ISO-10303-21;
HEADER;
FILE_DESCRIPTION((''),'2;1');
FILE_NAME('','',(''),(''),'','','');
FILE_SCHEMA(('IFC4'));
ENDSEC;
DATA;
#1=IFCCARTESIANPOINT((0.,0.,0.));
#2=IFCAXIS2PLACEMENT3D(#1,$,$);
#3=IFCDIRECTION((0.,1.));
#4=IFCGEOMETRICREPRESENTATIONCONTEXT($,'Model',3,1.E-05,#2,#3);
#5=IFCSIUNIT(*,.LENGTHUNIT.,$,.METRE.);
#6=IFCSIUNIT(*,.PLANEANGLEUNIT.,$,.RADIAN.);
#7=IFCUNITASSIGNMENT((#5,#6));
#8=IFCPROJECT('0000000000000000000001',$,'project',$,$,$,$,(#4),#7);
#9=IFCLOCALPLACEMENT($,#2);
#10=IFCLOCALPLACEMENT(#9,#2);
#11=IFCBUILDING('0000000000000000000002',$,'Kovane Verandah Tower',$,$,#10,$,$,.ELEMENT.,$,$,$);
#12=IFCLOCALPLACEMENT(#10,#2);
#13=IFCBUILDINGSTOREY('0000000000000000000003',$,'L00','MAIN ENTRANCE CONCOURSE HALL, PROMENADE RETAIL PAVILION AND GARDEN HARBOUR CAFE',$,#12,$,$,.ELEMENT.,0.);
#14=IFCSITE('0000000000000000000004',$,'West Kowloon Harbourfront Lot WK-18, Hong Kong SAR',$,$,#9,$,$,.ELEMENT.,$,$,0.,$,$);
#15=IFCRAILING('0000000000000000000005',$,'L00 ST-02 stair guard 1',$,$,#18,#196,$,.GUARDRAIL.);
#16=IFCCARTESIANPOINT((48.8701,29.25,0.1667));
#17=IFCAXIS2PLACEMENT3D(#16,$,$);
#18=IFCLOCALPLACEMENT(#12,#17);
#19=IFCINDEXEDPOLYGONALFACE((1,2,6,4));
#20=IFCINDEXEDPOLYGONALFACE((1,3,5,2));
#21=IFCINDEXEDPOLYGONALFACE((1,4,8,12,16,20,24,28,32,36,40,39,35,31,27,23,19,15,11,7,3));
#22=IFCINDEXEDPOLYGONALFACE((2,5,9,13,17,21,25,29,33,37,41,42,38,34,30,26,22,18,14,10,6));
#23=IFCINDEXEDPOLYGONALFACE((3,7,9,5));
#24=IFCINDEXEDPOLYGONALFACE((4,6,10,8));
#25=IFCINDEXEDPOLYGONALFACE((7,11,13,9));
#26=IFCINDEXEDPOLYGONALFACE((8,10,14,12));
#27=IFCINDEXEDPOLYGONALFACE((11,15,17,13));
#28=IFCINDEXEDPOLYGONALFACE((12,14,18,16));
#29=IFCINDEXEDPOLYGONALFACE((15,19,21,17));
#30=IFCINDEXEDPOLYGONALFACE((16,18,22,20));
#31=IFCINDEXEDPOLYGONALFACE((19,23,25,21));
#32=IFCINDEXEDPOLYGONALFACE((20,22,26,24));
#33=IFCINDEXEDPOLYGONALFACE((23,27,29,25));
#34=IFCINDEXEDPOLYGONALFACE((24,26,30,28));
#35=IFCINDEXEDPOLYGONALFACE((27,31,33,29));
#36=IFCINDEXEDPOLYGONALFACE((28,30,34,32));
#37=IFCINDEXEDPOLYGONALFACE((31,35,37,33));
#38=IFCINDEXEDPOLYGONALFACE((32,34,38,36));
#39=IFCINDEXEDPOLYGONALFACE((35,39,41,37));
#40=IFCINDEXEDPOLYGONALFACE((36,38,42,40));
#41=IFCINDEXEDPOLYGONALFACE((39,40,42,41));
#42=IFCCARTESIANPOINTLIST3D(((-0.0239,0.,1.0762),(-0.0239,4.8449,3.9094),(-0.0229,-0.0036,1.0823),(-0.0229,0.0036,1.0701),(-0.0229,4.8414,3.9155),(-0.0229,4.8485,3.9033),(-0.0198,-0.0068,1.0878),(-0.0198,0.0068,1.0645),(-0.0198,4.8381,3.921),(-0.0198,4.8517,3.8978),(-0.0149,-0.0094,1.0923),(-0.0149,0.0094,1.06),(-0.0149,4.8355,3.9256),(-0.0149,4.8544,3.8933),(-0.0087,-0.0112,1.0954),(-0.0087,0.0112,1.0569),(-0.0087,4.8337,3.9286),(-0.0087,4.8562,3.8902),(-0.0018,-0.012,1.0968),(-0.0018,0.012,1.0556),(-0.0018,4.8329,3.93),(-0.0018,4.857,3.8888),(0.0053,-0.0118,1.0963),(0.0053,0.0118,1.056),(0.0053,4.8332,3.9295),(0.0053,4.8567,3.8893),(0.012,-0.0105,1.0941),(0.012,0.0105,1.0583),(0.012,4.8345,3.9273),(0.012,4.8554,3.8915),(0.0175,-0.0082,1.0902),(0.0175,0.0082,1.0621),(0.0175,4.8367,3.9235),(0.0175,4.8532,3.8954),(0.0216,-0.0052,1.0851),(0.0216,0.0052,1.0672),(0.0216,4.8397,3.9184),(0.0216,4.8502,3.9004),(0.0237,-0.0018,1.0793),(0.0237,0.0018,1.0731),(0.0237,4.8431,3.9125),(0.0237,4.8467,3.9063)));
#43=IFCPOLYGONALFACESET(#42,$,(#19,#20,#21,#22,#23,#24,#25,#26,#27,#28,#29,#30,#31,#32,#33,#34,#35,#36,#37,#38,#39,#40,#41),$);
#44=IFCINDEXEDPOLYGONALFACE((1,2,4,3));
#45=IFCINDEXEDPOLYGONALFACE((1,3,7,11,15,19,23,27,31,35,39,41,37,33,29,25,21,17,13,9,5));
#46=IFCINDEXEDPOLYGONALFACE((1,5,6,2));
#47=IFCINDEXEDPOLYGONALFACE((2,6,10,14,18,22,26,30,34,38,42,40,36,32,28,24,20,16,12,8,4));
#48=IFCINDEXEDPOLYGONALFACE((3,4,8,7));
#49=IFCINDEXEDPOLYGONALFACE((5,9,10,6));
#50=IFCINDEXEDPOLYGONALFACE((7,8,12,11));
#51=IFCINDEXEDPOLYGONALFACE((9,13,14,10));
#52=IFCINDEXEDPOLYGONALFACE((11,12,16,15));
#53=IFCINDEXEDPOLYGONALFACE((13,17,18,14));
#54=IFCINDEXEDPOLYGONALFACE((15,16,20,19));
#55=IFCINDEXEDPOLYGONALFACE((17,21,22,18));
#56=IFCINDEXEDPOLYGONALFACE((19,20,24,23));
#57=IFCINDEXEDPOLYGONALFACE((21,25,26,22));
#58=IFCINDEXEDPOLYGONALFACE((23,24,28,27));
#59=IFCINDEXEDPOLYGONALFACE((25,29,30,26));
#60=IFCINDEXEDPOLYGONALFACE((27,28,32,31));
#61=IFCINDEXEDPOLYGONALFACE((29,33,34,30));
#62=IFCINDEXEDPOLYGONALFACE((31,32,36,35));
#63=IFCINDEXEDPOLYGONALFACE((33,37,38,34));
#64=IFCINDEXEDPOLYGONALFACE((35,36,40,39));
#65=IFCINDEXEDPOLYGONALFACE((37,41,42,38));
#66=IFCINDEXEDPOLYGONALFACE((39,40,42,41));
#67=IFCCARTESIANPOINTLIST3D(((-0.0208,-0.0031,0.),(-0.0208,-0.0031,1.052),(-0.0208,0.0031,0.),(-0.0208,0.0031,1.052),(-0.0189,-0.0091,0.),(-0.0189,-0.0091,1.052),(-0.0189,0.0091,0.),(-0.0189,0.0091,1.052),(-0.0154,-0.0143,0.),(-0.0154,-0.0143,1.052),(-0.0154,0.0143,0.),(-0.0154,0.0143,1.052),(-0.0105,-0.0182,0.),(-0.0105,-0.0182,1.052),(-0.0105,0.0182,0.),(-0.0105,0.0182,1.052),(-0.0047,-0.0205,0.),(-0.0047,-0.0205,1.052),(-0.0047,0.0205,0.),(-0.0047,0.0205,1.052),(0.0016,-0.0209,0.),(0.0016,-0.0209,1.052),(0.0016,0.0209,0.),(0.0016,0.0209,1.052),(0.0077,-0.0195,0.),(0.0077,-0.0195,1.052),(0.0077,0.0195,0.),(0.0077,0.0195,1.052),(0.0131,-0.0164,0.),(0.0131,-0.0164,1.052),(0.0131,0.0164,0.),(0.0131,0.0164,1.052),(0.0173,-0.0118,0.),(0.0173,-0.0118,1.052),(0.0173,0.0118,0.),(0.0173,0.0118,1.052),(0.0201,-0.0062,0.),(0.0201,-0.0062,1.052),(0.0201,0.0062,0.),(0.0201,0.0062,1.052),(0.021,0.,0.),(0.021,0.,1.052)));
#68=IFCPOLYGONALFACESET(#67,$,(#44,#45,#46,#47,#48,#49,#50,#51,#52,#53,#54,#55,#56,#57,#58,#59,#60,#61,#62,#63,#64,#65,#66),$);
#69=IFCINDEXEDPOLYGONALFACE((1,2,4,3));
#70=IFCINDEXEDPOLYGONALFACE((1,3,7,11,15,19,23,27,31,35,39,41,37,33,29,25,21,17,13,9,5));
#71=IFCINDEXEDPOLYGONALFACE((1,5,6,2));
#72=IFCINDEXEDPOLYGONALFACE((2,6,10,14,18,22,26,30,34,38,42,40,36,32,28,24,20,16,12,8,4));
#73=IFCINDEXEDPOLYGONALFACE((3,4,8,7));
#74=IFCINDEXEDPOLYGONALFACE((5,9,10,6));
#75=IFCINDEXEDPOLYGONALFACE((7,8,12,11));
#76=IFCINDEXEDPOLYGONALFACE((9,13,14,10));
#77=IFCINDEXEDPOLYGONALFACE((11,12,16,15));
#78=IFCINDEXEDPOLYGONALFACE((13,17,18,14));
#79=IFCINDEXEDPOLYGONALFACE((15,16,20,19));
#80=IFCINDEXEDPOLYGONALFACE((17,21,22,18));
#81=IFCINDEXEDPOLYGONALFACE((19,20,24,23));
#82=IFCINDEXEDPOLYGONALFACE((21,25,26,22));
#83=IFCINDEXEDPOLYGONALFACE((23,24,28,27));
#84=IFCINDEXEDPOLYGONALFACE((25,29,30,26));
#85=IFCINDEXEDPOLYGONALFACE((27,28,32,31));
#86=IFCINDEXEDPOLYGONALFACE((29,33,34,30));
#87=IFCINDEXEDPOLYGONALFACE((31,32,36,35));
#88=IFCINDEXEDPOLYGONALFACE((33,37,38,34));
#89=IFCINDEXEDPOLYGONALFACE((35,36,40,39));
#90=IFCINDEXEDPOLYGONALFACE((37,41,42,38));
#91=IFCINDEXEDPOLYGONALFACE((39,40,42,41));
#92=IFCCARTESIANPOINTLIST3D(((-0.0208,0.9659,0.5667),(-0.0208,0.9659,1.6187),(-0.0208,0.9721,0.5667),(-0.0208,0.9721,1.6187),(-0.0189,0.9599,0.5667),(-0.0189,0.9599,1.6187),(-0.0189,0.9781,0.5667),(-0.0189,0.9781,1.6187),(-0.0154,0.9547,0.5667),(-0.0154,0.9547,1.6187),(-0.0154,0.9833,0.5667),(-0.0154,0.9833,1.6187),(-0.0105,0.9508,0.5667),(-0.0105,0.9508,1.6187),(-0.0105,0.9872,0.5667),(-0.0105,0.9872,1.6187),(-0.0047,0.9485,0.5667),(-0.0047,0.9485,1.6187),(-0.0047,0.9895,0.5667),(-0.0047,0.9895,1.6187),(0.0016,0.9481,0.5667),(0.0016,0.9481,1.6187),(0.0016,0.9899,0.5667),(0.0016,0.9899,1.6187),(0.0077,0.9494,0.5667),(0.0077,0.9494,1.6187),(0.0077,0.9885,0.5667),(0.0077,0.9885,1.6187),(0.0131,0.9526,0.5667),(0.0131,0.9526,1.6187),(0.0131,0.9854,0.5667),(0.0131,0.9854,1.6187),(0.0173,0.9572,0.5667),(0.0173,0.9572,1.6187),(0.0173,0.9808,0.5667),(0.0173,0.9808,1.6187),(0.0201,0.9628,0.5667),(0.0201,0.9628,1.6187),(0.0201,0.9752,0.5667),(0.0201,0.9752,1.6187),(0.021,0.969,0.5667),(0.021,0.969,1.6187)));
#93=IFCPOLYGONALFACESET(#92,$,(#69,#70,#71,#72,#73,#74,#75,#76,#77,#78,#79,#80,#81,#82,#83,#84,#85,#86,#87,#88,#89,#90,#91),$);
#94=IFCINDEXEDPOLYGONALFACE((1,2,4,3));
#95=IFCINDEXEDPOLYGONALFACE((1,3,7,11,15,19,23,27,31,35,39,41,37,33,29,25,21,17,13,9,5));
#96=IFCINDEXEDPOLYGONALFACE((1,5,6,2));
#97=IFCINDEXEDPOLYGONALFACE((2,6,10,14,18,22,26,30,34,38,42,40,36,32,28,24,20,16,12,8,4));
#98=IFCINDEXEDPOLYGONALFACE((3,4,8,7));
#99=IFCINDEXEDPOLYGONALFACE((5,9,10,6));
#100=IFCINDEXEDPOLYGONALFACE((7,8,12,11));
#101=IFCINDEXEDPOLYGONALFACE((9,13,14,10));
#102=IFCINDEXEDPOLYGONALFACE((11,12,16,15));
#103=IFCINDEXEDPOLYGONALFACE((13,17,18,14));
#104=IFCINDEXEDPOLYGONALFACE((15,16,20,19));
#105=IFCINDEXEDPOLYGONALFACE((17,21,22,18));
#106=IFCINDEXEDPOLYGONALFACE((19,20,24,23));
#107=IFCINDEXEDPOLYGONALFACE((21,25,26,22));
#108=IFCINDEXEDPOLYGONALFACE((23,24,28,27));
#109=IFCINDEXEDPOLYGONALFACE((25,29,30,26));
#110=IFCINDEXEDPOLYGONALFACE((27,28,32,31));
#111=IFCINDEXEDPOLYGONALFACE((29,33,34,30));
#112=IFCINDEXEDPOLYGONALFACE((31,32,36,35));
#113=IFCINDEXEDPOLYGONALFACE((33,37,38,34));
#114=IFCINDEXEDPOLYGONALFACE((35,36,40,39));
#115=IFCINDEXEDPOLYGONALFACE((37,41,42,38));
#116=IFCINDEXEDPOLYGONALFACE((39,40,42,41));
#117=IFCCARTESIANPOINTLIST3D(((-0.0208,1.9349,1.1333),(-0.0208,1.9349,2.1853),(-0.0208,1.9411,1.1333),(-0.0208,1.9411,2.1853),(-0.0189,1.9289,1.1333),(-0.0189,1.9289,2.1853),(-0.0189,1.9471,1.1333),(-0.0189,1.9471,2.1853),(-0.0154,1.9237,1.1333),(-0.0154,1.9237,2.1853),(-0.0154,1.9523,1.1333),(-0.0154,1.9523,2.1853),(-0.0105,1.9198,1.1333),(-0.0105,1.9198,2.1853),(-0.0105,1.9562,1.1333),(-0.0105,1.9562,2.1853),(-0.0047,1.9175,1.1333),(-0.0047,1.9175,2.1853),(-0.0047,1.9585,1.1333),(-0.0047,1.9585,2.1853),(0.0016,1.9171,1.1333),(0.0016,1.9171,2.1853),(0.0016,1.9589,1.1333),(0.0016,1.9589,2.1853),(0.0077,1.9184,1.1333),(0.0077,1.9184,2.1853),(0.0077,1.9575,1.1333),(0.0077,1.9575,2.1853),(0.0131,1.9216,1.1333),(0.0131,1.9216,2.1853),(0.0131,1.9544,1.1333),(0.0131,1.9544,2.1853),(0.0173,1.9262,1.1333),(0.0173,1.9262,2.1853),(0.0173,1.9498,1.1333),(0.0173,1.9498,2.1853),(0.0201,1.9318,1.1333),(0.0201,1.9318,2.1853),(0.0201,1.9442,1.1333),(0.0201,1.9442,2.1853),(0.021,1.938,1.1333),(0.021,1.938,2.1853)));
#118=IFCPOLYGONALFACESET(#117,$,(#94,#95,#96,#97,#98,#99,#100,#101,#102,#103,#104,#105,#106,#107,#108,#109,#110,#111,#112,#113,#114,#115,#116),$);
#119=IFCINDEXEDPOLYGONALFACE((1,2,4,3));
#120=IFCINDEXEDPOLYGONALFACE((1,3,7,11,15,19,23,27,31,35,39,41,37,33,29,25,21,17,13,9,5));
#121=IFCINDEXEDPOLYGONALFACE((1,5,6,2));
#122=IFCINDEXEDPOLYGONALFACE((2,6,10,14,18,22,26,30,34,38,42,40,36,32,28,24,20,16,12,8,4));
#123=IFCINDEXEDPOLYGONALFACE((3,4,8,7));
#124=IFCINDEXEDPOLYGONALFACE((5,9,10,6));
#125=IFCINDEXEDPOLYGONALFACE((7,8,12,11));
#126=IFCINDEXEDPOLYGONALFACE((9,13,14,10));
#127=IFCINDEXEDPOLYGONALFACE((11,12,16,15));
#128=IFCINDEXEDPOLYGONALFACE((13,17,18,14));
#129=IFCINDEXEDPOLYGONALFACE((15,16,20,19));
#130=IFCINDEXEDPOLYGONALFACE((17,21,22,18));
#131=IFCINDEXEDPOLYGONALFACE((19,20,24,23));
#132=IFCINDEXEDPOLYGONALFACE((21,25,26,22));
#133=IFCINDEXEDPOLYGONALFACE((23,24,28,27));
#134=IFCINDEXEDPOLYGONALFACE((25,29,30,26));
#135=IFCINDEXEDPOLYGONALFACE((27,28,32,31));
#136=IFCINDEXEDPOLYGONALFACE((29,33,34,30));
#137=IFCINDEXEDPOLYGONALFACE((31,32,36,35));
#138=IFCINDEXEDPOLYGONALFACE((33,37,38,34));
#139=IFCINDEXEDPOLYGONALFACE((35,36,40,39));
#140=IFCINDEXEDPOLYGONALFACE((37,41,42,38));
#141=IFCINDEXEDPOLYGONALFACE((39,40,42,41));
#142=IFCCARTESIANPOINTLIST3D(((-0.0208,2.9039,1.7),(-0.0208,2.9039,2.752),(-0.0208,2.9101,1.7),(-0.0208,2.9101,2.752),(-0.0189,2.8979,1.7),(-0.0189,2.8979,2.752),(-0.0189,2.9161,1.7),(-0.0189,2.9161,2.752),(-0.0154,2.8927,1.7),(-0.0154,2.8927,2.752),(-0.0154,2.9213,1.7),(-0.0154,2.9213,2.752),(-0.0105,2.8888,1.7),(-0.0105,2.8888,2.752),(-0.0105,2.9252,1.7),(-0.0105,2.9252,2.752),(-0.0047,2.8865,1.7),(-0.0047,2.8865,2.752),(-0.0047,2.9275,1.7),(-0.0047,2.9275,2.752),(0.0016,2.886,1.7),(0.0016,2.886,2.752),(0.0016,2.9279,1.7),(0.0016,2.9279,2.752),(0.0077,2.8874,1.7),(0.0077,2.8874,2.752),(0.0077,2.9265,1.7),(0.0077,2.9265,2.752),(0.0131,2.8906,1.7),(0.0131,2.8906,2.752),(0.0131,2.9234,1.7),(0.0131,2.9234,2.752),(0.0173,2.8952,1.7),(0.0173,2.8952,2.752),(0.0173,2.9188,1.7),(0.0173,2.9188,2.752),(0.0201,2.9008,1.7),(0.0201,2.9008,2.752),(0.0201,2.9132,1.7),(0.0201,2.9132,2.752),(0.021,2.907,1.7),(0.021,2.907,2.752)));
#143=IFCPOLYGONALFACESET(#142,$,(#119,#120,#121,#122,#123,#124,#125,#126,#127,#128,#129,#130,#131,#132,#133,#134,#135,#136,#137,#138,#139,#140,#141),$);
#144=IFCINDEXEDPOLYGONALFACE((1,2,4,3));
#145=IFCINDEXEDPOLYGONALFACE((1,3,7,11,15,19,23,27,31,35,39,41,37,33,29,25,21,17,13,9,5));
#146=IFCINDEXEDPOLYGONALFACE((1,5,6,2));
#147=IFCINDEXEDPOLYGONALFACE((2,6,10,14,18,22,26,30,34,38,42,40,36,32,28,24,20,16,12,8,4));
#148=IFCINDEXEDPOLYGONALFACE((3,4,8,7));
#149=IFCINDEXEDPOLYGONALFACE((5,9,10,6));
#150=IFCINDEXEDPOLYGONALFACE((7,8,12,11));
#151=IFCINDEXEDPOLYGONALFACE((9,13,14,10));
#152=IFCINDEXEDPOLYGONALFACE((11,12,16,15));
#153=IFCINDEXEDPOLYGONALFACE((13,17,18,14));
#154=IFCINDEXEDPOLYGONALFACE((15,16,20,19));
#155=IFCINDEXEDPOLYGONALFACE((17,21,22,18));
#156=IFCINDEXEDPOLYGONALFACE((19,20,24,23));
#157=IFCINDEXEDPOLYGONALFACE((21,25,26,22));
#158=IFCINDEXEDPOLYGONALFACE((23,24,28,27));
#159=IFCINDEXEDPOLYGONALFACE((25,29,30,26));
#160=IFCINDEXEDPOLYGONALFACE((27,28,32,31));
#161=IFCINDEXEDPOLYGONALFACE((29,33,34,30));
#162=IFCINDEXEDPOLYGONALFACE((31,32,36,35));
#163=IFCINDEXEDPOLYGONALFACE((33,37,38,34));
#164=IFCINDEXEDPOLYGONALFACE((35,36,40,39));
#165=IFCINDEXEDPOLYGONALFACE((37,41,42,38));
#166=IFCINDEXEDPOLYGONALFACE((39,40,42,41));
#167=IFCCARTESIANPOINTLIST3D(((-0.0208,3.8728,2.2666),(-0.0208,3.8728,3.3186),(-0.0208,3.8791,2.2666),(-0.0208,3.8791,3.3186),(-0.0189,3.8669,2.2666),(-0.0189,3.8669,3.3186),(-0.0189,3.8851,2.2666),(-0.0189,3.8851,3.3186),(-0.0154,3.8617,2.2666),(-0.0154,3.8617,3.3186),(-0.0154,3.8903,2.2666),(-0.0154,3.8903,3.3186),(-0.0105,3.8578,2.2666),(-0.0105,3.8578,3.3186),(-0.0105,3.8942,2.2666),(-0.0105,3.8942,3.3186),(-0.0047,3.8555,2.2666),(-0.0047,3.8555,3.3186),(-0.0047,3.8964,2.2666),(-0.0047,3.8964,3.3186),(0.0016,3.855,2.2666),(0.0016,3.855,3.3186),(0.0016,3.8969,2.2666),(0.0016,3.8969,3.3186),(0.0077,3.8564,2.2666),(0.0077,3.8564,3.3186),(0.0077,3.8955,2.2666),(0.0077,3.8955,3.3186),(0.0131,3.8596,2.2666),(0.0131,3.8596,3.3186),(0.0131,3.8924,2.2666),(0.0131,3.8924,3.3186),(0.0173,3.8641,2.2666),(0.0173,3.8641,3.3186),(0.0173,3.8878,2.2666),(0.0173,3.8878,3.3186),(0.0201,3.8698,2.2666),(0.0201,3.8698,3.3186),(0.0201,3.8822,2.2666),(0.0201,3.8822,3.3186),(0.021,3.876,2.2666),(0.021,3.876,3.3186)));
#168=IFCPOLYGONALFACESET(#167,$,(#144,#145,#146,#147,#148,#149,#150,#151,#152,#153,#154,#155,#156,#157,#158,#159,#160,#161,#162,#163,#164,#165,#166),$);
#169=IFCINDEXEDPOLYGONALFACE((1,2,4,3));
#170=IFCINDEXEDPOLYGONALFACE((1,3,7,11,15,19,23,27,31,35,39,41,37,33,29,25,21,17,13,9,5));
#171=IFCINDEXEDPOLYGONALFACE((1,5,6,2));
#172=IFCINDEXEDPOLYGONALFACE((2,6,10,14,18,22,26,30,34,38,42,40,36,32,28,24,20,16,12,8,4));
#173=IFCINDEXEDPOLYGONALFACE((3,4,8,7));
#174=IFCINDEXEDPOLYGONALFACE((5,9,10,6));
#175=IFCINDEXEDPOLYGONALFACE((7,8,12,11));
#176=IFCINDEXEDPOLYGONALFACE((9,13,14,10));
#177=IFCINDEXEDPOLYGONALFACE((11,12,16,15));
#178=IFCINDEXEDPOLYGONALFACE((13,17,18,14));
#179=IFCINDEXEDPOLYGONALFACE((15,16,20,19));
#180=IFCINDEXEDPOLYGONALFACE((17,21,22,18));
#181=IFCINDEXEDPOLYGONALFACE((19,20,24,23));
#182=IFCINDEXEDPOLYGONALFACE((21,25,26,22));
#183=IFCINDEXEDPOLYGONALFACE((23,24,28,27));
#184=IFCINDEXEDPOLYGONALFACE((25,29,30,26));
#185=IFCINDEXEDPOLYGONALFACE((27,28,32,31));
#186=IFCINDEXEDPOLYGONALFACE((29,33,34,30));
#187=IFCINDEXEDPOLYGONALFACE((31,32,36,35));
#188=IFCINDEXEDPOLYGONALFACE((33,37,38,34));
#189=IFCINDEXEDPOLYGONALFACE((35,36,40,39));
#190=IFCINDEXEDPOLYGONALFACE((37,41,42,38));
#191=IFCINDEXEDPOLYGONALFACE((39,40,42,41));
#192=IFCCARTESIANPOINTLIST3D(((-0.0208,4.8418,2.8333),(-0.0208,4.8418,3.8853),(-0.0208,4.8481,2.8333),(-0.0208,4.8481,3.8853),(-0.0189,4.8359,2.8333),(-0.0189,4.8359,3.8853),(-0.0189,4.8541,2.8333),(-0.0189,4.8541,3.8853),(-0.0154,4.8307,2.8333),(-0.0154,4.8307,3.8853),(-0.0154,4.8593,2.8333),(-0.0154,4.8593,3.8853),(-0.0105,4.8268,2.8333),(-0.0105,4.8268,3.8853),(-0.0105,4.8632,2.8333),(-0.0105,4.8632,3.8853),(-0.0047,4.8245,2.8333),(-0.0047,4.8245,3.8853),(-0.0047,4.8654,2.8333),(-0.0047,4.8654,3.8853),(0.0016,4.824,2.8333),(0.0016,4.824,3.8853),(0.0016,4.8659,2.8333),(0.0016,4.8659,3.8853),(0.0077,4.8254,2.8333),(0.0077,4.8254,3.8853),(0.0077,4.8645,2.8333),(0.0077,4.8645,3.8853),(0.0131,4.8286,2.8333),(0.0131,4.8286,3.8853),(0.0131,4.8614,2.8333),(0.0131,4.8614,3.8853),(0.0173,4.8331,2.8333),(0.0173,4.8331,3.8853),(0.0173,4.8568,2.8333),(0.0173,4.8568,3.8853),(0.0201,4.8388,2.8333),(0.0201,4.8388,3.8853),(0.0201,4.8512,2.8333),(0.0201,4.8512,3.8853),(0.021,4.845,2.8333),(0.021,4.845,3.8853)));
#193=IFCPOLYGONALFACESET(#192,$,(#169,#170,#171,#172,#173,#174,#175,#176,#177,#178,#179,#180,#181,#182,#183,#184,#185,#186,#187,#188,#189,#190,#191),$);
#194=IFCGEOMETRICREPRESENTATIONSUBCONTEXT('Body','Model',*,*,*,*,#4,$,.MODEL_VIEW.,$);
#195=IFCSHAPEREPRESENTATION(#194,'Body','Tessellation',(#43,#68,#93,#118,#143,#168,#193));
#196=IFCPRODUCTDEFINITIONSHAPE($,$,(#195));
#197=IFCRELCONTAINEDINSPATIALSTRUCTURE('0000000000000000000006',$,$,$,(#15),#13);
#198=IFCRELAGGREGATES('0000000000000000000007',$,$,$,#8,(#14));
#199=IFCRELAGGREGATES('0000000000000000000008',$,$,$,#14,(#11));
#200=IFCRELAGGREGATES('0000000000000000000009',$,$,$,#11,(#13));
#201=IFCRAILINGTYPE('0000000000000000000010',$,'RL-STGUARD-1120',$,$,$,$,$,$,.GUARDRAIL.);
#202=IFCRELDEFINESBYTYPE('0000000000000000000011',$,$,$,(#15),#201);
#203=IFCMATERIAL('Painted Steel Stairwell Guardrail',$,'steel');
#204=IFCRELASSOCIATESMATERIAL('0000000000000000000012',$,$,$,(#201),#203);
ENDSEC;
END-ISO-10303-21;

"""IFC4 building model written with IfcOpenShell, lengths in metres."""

from ifc_helpers import new_model, si_unit, direction, frame, origin, origin_2d, place, context, subcontext, project, spatial, circle, extrude, material, type_object, element, save


model = new_model("IFC4")

# Units and contexts
model_context = context("Model", 3, precision=1e-05, world=origin(), true_north=direction((0.0, 1.0)))
body_context = subcontext(model_context, "Body", "Model", "MODEL_VIEW")
ifc_project = project(units=[si_unit("LENGTHUNIT", "METRE"), si_unit("PLANEANGLEUNIT", "RADIAN")], contexts=[model_context])

# Site, building, storey
site_placement = place(None, origin())
site = spatial("IfcSite", under=ifc_project, at=site_placement, Name="West Kowloon Harbourfront Lot WK-18, Hong Kong SAR", CompositionType="ELEMENT", RefElevation=0.0)
building_placement = place(site_placement, origin())
building = spatial("IfcBuilding", under=site, at=building_placement, Name="Kovane Verandah Tower", CompositionType="ELEMENT")
storey_placement = place(building_placement, origin())
storey = spatial("IfcBuildingStorey", under=building, at=storey_placement, Name="L00", Description="MAIN ENTRANCE CONCOURSE HALL, PROMENADE RETAIL PAVILION AND GARDEN HARBOUR CAFE", CompositionType="ELEMENT", Elevation=0.0)

# Railing
ifc_material_1 = material(Name="Painted Steel Stairwell Guardrail", Category="steel")
railing_type_1 = type_object("IfcRailingType", Name="RL-STGUARD-1120", PredefinedType="GUARDRAIL", material=ifc_material_1)
railing_1_placement = place(storey_placement, frame((48.8701, 29.25, 0.1667)))
element("IfcRailing", 1, at=railing_1_placement, inside=storey, type_object=railing_type_1, Name="L00 ST-02 stair guard 1", PredefinedType="GUARDRAIL", context=body_context, shape_type="SweptSolid", body=[
    extrude(circle(Radius=0.0239, at=origin_2d()), frame((0.0, 0.0, 1.0762), z_axis=(0.0, 0.863234, 0.504804), x_axis=(-1.0, 0.0, 0.0)), (0.0, 0.0, 1.0), 5.6125),
    extrude(circle(Radius=0.021, at=origin_2d()), origin(), (0.0, 0.0, 1.0), 1.052),
    extrude(circle(Radius=0.021, at=origin_2d()), frame((0.0, 0.969, 0.5667)), (0.0, 0.0, 1.0), 1.052),
    extrude(circle(Radius=0.021, at=origin_2d()), frame((0.0, 1.938, 1.1333)), (0.0, 0.0, 1.0), 1.052),
    extrude(circle(Radius=0.021, at=origin_2d()), frame((0.0, 2.907, 1.7)), (0.0, 0.0, 1.0), 1.052),
    extrude(circle(Radius=0.021, at=origin_2d()), frame((0.0, 3.876, 2.2666)), (0.0, 0.0, 1.0), 1.052),
    extrude(circle(Radius=0.021, at=origin_2d()), frame((0.0, 4.845, 2.8333)), (0.0, 0.0, 1.0), 1.052),
])

save(model, "model.ifc")
